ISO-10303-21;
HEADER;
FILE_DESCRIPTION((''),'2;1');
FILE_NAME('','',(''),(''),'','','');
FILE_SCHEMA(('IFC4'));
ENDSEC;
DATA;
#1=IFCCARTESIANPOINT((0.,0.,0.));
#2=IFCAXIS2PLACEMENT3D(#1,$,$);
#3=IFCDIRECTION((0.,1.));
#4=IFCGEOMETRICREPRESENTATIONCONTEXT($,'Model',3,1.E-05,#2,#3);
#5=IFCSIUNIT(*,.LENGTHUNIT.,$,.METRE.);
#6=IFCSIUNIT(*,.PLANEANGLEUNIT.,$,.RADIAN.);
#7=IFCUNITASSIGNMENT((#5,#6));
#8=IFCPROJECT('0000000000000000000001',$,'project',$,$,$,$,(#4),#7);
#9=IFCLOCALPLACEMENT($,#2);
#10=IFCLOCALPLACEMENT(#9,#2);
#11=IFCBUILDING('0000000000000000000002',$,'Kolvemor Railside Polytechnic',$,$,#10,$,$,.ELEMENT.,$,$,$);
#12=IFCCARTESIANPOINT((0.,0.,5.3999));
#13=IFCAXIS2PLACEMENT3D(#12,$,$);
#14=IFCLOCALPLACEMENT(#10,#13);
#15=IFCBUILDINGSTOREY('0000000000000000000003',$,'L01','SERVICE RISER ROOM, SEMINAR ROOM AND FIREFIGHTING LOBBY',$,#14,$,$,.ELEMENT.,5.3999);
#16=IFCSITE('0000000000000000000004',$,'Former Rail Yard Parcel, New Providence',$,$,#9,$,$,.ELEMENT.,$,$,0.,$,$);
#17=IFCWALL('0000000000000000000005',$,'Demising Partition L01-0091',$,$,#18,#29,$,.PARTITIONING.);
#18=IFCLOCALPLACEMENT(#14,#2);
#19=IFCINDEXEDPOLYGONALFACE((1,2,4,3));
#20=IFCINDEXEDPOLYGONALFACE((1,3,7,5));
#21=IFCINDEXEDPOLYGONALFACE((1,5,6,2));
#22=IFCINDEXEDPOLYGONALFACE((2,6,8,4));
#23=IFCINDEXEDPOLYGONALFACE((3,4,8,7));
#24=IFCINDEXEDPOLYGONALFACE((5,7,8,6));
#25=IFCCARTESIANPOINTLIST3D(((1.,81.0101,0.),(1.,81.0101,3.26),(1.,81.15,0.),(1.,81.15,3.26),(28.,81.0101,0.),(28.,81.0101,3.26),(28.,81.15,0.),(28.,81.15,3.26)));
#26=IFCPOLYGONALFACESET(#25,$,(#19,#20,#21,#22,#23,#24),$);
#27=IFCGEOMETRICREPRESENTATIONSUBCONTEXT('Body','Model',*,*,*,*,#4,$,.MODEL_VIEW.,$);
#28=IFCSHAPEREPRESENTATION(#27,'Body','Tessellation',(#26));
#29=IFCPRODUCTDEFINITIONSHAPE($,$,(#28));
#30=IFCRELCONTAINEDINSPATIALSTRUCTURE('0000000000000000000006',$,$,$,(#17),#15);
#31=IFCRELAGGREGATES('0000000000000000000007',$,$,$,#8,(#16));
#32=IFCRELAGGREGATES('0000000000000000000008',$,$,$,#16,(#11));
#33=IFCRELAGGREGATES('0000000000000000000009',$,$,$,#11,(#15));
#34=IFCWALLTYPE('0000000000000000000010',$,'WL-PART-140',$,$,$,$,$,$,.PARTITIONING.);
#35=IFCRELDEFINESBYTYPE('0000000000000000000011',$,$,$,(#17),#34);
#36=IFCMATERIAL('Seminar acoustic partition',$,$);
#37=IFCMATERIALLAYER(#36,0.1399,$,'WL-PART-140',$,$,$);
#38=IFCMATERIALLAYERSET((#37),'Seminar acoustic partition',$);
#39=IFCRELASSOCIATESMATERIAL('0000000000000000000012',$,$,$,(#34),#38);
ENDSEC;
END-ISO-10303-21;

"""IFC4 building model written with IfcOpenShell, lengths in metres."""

from ifc_helpers import new_model, si_unit, direction, frame, frame_2d, origin, place, context, subcontext, project, spatial, rectangle, extrude, material, layer, layer_set, type_object, element, save


model = new_model("IFC4")

# Units and contexts
model_context = context("Model", 3, precision=1e-05, world=origin(), true_north=direction((0.0, 1.0)))
body_context = subcontext(model_context, "Body", "Model", "MODEL_VIEW")
ifc_project = project(units=[si_unit("LENGTHUNIT", "METRE"), si_unit("PLANEANGLEUNIT", "RADIAN")], contexts=[model_context])

# Site, building, storey
site_placement = place(None, origin())
site = spatial("IfcSite", under=ifc_project, at=site_placement, Name="Former Rail Yard Parcel, New Providence", CompositionType="ELEMENT", RefElevation=0.0)
building_placement = place(site_placement, origin())
building = spatial("IfcBuilding", under=site, at=building_placement, Name="Kolvemor Railside Polytechnic", CompositionType="ELEMENT")
storey_placement = place(building_placement, frame((0.0, 0.0, 5.3999)))
storey = spatial("IfcBuildingStorey", under=building, at=storey_placement, Name="L01", Description="SERVICE RISER ROOM, SEMINAR ROOM AND FIREFIGHTING LOBBY", CompositionType="ELEMENT", Elevation=5.3999)

# Wall
ifc_material_1 = material(Name="Seminar acoustic partition")
ifc_layer_1 = layer(ifc_material_1, 0.1399, Name="WL-PART-140")
ifc_layer_set_1 = layer_set([ifc_layer_1], Name="Seminar acoustic partition")
wall_type_1 = type_object("IfcWallType", Name="WL-PART-140", PredefinedType="PARTITIONING", material=ifc_layer_set_1)
wall_1_placement = place(storey_placement, frame((1.0, 81.0801, 0.0), z_axis=(0.0, 0.0, 1.0), x_axis=(1.0, 0.0, 0.0)))
element("IfcWall", 1, at=wall_1_placement, inside=storey, type_object=wall_type_1, Name="Demising Partition L01-0091", PredefinedType="PARTITIONING", context=body_context, shape_type="SweptSolid", body=[
    extrude(rectangle(XDim=27.0, YDim=0.1399, at=frame_2d((13.5, 0.0))), origin(), (0.0, 0.0, 1.0), 3.26),
])

save(model, "model.ifc")
